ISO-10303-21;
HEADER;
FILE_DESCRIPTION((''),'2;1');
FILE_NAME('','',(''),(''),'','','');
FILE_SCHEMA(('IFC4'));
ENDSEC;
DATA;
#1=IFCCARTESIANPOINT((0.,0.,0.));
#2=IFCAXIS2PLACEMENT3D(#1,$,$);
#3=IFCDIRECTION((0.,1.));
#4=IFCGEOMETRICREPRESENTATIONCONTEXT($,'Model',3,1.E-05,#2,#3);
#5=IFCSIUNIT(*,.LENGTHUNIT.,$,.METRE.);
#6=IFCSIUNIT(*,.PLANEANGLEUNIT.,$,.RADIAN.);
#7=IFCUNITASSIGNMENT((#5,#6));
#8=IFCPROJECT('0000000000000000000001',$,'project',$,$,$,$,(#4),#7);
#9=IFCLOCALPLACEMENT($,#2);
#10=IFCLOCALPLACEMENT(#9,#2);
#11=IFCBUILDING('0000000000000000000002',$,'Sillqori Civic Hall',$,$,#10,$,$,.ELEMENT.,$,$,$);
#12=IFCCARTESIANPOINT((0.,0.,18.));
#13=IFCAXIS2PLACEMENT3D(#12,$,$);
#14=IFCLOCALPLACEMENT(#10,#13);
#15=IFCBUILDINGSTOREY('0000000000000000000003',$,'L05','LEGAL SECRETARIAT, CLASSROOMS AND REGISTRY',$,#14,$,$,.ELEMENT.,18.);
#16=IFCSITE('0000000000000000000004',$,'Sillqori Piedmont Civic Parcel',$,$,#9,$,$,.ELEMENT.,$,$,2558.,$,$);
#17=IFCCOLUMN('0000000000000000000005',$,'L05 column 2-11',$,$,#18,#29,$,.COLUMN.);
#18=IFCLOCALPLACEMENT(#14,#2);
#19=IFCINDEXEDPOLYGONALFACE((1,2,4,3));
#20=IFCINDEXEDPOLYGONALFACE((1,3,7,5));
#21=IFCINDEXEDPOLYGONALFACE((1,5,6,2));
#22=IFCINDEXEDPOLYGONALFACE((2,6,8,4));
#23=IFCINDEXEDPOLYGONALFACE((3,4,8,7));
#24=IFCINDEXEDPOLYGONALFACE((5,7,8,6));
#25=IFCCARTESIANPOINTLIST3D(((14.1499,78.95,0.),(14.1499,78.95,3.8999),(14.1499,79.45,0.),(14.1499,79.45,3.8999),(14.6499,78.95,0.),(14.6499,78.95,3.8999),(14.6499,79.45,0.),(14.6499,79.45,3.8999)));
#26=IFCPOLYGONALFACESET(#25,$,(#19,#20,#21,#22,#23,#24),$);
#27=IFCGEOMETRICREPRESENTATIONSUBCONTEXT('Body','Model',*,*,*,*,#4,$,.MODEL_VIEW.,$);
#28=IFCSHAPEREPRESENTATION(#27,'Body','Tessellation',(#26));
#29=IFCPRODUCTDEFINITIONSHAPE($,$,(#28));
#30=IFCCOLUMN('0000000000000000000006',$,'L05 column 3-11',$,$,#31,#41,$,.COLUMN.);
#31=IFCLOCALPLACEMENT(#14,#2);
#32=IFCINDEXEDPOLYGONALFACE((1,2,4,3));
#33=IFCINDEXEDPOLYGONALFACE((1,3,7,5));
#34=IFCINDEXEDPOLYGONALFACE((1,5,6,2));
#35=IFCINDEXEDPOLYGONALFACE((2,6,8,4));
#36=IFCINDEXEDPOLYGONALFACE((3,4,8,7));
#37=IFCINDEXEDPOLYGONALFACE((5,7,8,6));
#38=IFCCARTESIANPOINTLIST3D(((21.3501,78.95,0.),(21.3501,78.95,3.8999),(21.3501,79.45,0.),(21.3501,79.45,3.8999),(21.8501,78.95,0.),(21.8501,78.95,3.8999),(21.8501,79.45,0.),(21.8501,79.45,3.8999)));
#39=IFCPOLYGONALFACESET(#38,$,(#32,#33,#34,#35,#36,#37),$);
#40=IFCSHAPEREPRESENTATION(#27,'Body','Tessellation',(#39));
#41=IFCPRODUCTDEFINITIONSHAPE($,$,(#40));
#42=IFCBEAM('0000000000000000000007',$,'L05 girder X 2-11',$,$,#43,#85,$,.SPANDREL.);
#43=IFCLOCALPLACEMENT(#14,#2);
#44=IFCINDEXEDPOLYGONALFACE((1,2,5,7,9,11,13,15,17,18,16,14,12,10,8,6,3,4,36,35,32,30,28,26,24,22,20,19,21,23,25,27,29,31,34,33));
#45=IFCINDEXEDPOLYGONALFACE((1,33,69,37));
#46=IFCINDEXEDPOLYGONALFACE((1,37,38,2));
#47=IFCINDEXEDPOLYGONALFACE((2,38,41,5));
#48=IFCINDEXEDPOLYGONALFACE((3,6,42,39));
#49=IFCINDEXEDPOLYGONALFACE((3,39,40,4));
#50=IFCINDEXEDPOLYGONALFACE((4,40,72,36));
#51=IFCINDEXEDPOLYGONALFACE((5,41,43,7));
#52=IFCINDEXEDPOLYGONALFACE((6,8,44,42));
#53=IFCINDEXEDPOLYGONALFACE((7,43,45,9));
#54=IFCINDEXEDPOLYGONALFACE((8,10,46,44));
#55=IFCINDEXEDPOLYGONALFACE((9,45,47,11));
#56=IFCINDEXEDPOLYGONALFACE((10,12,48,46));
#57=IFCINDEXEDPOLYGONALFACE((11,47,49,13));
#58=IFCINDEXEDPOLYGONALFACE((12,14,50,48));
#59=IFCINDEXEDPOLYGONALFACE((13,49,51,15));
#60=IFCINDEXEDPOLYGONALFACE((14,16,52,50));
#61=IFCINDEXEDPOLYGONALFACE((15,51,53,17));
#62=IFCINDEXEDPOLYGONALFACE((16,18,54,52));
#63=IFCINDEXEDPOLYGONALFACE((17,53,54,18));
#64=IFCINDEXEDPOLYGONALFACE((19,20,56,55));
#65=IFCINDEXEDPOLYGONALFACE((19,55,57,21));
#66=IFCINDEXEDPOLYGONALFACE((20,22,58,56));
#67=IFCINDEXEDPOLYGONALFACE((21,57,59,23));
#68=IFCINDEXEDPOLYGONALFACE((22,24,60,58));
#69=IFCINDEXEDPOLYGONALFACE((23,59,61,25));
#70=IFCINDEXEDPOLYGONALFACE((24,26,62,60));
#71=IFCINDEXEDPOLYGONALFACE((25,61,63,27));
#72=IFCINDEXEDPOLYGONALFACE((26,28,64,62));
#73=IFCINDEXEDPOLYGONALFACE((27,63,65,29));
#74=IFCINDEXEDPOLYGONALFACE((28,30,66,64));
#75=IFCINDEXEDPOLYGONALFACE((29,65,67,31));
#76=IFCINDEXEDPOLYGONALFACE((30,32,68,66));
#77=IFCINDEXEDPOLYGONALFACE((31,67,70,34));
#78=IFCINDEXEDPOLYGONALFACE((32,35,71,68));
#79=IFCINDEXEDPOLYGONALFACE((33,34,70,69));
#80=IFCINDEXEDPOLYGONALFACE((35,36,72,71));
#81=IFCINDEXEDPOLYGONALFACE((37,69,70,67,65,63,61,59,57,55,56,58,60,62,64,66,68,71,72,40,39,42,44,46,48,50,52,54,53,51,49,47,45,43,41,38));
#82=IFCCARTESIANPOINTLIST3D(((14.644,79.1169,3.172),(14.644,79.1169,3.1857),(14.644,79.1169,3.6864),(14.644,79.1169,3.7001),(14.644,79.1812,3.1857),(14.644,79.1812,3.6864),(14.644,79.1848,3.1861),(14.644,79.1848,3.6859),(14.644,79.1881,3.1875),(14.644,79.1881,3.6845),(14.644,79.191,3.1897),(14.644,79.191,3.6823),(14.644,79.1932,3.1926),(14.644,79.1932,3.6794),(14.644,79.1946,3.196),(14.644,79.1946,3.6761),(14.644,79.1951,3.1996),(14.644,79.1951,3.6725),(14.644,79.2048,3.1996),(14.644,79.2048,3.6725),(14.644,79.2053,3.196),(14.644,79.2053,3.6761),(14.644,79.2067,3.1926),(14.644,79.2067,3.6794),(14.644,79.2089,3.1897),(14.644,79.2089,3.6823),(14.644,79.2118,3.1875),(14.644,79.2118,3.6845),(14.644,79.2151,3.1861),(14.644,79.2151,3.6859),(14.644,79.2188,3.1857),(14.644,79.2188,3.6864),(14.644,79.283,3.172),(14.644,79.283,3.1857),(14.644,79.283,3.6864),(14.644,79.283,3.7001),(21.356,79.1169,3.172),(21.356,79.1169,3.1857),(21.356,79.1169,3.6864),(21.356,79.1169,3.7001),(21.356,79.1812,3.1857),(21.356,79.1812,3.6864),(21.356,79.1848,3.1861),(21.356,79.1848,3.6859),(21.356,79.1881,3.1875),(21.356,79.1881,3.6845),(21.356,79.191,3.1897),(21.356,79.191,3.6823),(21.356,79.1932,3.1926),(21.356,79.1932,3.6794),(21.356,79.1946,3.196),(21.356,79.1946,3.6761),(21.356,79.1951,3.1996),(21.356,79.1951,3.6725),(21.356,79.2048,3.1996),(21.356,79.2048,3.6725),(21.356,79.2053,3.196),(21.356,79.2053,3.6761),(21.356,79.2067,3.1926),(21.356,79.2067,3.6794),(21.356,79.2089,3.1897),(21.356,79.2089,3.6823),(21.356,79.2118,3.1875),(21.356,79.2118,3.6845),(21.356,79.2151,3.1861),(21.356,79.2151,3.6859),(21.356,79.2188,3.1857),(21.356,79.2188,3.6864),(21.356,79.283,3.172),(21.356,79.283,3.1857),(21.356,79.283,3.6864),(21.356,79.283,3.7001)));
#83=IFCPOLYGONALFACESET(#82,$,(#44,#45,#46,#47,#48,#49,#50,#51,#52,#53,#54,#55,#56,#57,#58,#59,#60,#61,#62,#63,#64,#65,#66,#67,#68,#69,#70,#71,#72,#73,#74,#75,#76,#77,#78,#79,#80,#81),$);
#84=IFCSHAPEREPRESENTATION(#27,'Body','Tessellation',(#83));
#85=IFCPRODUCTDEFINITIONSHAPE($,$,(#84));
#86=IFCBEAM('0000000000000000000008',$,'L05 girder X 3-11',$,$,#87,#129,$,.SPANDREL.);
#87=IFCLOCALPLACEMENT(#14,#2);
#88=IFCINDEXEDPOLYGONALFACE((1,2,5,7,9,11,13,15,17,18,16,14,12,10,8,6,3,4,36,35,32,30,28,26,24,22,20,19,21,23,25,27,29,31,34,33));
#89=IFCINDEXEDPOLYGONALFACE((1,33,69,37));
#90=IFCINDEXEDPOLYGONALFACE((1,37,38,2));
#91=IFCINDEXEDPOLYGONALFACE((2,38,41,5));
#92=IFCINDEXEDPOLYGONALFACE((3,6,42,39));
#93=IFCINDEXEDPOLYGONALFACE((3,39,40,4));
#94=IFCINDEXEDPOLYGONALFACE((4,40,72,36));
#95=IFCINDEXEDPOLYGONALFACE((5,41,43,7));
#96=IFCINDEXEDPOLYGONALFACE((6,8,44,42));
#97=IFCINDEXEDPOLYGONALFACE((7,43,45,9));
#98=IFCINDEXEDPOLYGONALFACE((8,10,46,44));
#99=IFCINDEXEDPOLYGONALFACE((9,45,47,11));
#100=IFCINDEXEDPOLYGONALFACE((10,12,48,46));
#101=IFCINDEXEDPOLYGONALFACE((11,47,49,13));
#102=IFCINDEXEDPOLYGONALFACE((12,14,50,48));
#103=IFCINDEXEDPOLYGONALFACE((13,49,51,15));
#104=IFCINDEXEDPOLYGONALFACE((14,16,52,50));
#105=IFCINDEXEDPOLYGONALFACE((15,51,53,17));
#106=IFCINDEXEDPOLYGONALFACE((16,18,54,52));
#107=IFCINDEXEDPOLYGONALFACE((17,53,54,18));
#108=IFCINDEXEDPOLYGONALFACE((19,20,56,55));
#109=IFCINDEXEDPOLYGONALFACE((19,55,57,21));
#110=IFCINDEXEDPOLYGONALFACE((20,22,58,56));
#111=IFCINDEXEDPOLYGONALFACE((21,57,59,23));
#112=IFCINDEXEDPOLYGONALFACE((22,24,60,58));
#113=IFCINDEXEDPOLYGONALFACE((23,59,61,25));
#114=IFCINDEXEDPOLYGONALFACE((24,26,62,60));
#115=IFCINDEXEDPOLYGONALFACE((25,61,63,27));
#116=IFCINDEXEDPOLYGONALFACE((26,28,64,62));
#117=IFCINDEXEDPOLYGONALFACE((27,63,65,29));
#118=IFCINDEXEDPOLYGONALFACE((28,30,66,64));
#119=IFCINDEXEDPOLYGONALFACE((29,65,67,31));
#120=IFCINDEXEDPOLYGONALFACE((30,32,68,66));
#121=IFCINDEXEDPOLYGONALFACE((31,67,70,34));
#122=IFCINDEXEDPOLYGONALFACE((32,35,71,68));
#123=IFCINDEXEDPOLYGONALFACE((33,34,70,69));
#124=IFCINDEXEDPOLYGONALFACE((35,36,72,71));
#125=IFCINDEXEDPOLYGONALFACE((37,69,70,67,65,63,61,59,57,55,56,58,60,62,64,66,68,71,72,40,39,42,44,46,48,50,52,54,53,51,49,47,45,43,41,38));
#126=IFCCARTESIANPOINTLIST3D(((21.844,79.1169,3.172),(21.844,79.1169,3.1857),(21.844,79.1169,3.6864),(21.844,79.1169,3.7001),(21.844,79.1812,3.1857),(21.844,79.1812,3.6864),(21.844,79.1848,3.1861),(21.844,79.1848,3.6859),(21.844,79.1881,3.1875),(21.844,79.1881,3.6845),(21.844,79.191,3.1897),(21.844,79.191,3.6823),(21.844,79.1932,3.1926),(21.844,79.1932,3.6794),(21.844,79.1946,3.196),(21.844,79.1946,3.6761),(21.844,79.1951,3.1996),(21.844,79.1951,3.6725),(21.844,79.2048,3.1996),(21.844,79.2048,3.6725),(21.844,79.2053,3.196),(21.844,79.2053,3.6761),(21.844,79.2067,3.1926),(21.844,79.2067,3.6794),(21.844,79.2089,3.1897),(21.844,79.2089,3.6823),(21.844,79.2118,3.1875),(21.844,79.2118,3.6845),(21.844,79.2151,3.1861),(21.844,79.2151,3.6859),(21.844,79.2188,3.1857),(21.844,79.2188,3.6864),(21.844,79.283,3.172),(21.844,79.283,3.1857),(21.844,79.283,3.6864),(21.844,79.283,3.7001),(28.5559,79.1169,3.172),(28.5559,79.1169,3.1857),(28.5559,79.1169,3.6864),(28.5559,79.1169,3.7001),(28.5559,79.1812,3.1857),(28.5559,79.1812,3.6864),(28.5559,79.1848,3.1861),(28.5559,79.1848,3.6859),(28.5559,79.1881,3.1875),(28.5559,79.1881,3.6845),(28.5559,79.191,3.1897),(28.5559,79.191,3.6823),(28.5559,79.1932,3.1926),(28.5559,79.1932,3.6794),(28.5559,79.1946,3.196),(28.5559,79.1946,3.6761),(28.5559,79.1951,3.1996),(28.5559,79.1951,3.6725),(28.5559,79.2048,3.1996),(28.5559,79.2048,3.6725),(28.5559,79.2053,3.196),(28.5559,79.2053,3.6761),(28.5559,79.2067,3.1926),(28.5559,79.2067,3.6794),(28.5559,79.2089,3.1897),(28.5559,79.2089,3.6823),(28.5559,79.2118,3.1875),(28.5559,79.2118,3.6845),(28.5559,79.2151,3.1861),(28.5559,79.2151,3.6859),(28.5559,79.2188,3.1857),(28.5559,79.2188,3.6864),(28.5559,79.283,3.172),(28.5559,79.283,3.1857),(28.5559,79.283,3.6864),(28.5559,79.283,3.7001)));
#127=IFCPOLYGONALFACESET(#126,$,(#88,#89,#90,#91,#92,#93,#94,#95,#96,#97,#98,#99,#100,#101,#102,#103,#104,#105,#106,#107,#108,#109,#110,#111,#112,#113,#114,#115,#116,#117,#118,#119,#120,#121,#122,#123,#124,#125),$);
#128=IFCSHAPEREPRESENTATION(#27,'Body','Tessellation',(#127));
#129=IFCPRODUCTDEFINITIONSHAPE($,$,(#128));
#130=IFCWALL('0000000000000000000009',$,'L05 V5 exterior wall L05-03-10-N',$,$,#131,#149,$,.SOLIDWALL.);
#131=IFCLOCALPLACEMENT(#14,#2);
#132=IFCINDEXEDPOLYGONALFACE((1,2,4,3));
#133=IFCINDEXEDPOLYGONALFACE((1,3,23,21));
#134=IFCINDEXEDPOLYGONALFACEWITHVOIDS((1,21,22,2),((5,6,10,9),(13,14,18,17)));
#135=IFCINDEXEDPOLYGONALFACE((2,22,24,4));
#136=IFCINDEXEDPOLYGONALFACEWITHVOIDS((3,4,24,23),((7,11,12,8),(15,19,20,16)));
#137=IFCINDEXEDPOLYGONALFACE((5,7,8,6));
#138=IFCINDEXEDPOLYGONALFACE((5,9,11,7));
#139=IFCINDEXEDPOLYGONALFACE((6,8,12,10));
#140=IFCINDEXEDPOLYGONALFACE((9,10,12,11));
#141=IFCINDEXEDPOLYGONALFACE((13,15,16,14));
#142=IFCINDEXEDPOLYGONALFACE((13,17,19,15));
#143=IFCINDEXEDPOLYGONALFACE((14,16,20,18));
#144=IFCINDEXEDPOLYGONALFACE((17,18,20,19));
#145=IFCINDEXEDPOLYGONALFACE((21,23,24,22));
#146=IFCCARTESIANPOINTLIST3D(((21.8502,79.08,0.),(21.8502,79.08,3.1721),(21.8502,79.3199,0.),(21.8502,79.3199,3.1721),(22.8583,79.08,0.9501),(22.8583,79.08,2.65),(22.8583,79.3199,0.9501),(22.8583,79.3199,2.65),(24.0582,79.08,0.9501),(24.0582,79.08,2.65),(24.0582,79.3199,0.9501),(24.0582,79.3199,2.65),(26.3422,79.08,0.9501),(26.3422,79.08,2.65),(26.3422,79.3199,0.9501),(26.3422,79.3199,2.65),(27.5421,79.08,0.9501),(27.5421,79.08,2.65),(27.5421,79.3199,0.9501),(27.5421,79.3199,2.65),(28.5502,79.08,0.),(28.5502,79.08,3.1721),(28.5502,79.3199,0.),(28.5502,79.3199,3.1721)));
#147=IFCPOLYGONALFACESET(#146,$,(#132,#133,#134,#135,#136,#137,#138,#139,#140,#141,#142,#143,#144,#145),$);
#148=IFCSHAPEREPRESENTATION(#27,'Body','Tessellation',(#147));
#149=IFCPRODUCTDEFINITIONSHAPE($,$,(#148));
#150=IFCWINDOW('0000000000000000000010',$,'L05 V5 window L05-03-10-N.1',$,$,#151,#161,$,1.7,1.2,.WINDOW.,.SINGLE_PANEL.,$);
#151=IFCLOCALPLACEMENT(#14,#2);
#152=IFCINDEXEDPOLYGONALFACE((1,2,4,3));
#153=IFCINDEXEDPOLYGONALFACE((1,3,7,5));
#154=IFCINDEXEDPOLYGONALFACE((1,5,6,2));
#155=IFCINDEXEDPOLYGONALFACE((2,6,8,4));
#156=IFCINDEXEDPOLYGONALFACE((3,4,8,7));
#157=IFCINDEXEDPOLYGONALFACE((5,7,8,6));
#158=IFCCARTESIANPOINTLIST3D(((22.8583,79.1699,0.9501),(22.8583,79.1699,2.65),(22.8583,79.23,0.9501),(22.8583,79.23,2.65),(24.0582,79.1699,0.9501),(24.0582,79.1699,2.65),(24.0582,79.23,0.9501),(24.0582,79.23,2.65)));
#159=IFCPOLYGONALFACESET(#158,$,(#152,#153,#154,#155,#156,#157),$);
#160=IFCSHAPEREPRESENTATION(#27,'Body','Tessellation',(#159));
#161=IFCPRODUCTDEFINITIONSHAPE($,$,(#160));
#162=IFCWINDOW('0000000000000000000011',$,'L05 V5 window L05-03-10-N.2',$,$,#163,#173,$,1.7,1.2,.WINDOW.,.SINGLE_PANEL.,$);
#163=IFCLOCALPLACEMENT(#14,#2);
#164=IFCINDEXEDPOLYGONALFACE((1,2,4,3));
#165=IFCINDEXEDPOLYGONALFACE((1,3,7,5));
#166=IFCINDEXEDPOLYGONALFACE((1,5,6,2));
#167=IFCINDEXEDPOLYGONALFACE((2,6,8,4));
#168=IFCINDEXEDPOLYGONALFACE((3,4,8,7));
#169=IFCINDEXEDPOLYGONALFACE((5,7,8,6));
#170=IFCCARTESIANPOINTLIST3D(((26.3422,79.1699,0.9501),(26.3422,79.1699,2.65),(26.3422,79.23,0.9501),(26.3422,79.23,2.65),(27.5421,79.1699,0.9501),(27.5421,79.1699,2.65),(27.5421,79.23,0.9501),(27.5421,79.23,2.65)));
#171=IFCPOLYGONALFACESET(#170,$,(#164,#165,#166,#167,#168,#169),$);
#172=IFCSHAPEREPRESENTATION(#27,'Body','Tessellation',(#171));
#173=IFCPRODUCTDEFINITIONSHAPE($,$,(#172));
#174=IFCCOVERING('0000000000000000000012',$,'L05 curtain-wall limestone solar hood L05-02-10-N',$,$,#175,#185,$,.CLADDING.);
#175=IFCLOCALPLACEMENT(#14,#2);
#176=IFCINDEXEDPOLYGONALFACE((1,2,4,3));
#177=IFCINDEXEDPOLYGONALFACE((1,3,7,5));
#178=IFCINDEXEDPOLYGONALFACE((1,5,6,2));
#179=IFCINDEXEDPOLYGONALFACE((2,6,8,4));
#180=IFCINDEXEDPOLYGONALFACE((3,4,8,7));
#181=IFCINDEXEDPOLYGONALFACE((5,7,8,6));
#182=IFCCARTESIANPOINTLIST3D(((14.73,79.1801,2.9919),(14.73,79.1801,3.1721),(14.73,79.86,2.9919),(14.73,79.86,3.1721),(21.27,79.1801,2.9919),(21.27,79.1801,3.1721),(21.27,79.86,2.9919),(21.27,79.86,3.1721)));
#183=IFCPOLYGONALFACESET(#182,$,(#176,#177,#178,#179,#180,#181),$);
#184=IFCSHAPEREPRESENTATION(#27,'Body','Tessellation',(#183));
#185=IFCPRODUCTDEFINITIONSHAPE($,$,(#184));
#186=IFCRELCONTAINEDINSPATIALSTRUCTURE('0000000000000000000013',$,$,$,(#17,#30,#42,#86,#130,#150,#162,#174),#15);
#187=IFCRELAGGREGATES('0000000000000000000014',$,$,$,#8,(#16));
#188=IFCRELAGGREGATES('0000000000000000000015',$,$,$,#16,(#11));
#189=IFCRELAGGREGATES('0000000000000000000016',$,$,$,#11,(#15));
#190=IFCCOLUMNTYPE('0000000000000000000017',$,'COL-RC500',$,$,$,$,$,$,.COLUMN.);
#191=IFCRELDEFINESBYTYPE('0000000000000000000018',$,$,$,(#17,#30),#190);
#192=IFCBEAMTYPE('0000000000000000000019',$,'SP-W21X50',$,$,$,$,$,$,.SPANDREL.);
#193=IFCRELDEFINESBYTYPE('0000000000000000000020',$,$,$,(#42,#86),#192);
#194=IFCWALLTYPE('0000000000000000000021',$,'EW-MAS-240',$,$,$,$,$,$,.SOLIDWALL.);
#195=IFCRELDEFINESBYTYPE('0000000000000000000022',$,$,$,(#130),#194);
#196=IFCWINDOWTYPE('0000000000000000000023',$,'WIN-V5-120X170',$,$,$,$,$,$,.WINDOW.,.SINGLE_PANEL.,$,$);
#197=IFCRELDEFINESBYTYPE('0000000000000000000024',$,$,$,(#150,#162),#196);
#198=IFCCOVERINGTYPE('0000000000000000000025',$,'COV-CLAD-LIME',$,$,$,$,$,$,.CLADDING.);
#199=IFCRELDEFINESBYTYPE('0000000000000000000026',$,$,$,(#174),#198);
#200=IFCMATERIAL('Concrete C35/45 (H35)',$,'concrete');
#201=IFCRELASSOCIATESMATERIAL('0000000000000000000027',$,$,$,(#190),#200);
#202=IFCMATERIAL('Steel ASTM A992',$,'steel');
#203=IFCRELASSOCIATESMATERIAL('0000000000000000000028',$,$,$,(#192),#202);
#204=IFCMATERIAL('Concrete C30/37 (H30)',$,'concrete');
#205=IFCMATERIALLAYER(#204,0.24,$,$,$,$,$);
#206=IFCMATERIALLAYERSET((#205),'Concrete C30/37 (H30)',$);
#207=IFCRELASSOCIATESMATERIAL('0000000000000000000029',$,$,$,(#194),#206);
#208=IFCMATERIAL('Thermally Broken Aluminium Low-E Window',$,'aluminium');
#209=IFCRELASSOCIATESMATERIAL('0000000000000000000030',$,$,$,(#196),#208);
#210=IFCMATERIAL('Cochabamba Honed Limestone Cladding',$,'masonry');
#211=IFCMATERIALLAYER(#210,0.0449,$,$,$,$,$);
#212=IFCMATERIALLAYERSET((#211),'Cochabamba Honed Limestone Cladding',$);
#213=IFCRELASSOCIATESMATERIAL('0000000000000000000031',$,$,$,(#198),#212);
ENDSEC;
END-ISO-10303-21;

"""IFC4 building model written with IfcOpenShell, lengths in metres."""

from ifc_helpers import new_model, si_unit, direction, frame, frame_2d, origin, origin_2d, place, context, subcontext, project, spatial, rectangle, i_section, extrude, material, layer, layer_set, material_profile, profile_set, type_object, element, fill, save


model = new_model("IFC4")

# Units and contexts
model_context = context("Model", 3, precision=1e-05, world=origin(), true_north=direction((0.0, 1.0)))
body_context = subcontext(model_context, "Body", "Model", "MODEL_VIEW")
ifc_project = project(units=[si_unit("LENGTHUNIT", "METRE"), si_unit("PLANEANGLEUNIT", "RADIAN")], contexts=[model_context])

# Site, building, storey
site_placement = place(None, origin())
site = spatial("IfcSite", under=ifc_project, at=site_placement, Name="Sillqori Piedmont Civic Parcel", CompositionType="ELEMENT", RefElevation=2558.0)
building_placement = place(site_placement, origin())
building = spatial("IfcBuilding", under=site, at=building_placement, Name="Sillqori Civic Hall", CompositionType="ELEMENT")
storey_placement = place(building_placement, frame((0.0, 0.0, 18.0)))
storey = spatial("IfcBuildingStorey", under=building, at=storey_placement, Name="L05", Description="LEGAL SECRETARIAT, CLASSROOMS AND REGISTRY", CompositionType="ELEMENT", Elevation=18.0)

# Columns
ifc_material_1 = material(Name="Concrete C35/45 (H35)", Category="concrete")
ifc_material_profile_1 = material_profile(ifc_material_1, rectangle(XDim=0.5, YDim=0.5, at=origin_2d()), Name="RC 500x500")
ifc_profile_set_1 = profile_set([ifc_material_profile_1], Name="Concrete C35/45 (H35)")
column_type = type_object("IfcColumnType", Name="COL-RC500", PredefinedType="COLUMN", material=ifc_profile_set_1)
for number, where, z_axis, x_axis, name in (
    (1, (14.3999, 79.2, 0.0), (0.0, 0.0, 1.0), (1.0, 0.0, 0.0), "L05 column 2-11"),
    (2, (21.6001, 79.2, 0.0), (0.0, 0.0, 1.0), (1.0, 0.0, 0.0), "L05 column 3-11"),
):
    element("IfcColumn", number, at=place(storey_placement, frame(where, z_axis=z_axis, x_axis=x_axis)), inside=storey, type_object=column_type, Name=name, PredefinedType="COLUMN", context=body_context, shape_type="SweptSolid", body=[
        extrude(rectangle(XDim=0.5, YDim=0.5, at=origin_2d()), origin(), (0.0, 0.0, 1.0), 3.8999),
    ])

# Beams
ifc_material_2 = material(Name="Steel ASTM A992", Category="steel")
ifc_material_profile_2 = material_profile(ifc_material_2, i_section(OverallWidth=0.166, OverallDepth=0.5281, WebThickness=0.0098, FlangeThickness=0.0137, FilletRadius=0.0139, at=origin_2d()), Name="W21X50")
ifc_profile_set_2 = profile_set([ifc_material_profile_2], Name="Steel ASTM A992")
beam_type = type_object("IfcBeamType", Name="SP-W21X50", PredefinedType="SPANDREL", material=ifc_profile_set_2)
for number, where, z_axis, x_axis, name in (
    (3, (14.644, 79.2, 3.436), (1.0, 0.0, 0.0), (0.0, 1.0, 0.0), "L05 girder X 2-11"),
    (4, (21.844, 79.2, 3.436), (1.0, 0.0, 0.0), (0.0, 1.0, 0.0), "L05 girder X 3-11"),
):
    element("IfcBeam", number, at=place(storey_placement, frame(where, z_axis=z_axis, x_axis=x_axis)), inside=storey, type_object=beam_type, Name=name, PredefinedType="SPANDREL", context=body_context, shape_type="SweptSolid", body=[
        extrude(i_section(OverallWidth=0.166, OverallDepth=0.5281, WebThickness=0.0098, FlangeThickness=0.0137, FilletRadius=0.0139, at=origin_2d()), origin(), (0.0, 0.0, 1.0), 6.7119),
    ])

# Wall, openings, windows
ifc_material_3 = material(Name="Concrete C30/37 (H30)", Category="concrete")
ifc_layer_1 = layer(ifc_material_3, 0.24)
ifc_layer_set_1 = layer_set([ifc_layer_1], Name="Concrete C30/37 (H30)")
wall_type = type_object("IfcWallType", Name="EW-MAS-240", PredefinedType="SOLIDWALL", material=ifc_layer_set_1)
wall_placement = place(storey_placement, frame((21.8501, 79.2, 0.0), z_axis=(0.0, 0.0, 1.0), x_axis=(1.0, 0.0, 0.0)))
wall = element("IfcWall", 5, at=wall_placement, inside=storey, type_object=wall_type, Name="L05 V5 exterior wall L05-03-10-N", PredefinedType="SOLIDWALL", context=body_context, shape_type="SweptSolid", body=[
    extrude(rectangle(XDim=6.7, YDim=0.24, at=frame_2d((3.3501, 0.0))), origin(), (0.0, 0.0, 1.0), 3.1721),
])
opening_1_placement = place(wall_placement, frame((1.0081, 0.0, 0.95)))
opening_1 = element("IfcOpeningElement", 6, at=opening_1_placement, cuts=wall, PredefinedType="OPENING", context=body_context, shape_type="SweptSolid", body=[
    extrude(rectangle(XDim=1.2, YDim=1.7, at=frame_2d((0.6001, 0.8501))), frame((0.0, 0.1299, 0.0), z_axis=(0.0, -1.0, 0.0), x_axis=(1.0, 0.0, 0.0)), (0.0, 0.0, 1.0), 0.26),
])
opening_2_placement = place(wall_placement, frame((4.4919, 0.0, 0.95)))
opening_2 = element("IfcOpeningElement", 7, at=opening_2_placement, cuts=wall, PredefinedType="OPENING", context=body_context, shape_type="SweptSolid", body=[
    extrude(rectangle(XDim=1.2, YDim=1.7, at=frame_2d((0.6001, 0.8501))), frame((0.0, 0.1299, 0.0), z_axis=(0.0, -1.0, 0.0), x_axis=(1.0, 0.0, 0.0)), (0.0, 0.0, 1.0), 0.26),
])
ifc_material_4 = material(Name="Thermally Broken Aluminium Low-E Window", Category="aluminium")
window_type = type_object("IfcWindowType", Name="WIN-V5-120X170", PartitioningType="SINGLE_PANEL", PredefinedType="WINDOW", material=ifc_material_4)
window_1_placement = place(opening_1_placement, origin())
window_1 = element("IfcWindow", 8, at=window_1_placement, inside=storey, type_object=window_type, Name="L05 V5 window L05-03-10-N.1", OverallHeight=1.7, OverallWidth=1.2, PartitioningType="SINGLE_PANEL", PredefinedType="WINDOW", context=body_context, shape_type="SweptSolid", body=[
    extrude(rectangle(XDim=1.2, YDim=1.7, at=frame_2d((0.6001, 0.8501))), frame((0.0, 0.03, 0.0), z_axis=(0.0, -1.0, 0.0), x_axis=(1.0, 0.0, 0.0)), (0.0, 0.0, 1.0), 0.0601),
])
fill(opening_1, window_1)
window_2_placement = place(opening_2_placement, origin())
window_2 = element("IfcWindow", 9, at=window_2_placement, inside=storey, type_object=window_type, Name="L05 V5 window L05-03-10-N.2", OverallHeight=1.7, OverallWidth=1.2, PartitioningType="SINGLE_PANEL", PredefinedType="WINDOW", context=body_context, shape_type="SweptSolid", body=[
    extrude(rectangle(XDim=1.2, YDim=1.7, at=frame_2d((0.6001, 0.8501))), frame((0.0, 0.03, 0.0), z_axis=(0.0, -1.0, 0.0), x_axis=(1.0, 0.0, 0.0)), (0.0, 0.0, 1.0), 0.0601),
])
fill(opening_2, window_2)

# Covering
ifc_material_5 = material(Name="Cochabamba Honed Limestone Cladding", Category="masonry")
ifc_layer_2 = layer(ifc_material_5, 0.0449)
ifc_layer_set_2 = layer_set([ifc_layer_2], Name="Cochabamba Honed Limestone Cladding")
covering_type = type_object("IfcCoveringType", Name="COV-CLAD-LIME", PredefinedType="CLADDING", material=ifc_layer_set_2)
covering_1_placement = place(storey_placement, frame((14.73, 79.52, 2.9919), z_axis=(0.0, 0.0, 1.0), x_axis=(1.0, 0.0, 0.0)))
element("IfcCovering", 10, at=covering_1_placement, inside=storey, type_object=covering_type, Name="L05 curtain-wall limestone solar hood L05-02-10-N", PredefinedType="CLADDING", context=body_context, shape_type="SweptSolid", body=[
    extrude(rectangle(XDim=6.54, YDim=0.6799, at=frame_2d((3.27, 0.0))), origin(), (0.0, 0.0, 1.0), 0.1802),
])

save(model, "model.ifc")
